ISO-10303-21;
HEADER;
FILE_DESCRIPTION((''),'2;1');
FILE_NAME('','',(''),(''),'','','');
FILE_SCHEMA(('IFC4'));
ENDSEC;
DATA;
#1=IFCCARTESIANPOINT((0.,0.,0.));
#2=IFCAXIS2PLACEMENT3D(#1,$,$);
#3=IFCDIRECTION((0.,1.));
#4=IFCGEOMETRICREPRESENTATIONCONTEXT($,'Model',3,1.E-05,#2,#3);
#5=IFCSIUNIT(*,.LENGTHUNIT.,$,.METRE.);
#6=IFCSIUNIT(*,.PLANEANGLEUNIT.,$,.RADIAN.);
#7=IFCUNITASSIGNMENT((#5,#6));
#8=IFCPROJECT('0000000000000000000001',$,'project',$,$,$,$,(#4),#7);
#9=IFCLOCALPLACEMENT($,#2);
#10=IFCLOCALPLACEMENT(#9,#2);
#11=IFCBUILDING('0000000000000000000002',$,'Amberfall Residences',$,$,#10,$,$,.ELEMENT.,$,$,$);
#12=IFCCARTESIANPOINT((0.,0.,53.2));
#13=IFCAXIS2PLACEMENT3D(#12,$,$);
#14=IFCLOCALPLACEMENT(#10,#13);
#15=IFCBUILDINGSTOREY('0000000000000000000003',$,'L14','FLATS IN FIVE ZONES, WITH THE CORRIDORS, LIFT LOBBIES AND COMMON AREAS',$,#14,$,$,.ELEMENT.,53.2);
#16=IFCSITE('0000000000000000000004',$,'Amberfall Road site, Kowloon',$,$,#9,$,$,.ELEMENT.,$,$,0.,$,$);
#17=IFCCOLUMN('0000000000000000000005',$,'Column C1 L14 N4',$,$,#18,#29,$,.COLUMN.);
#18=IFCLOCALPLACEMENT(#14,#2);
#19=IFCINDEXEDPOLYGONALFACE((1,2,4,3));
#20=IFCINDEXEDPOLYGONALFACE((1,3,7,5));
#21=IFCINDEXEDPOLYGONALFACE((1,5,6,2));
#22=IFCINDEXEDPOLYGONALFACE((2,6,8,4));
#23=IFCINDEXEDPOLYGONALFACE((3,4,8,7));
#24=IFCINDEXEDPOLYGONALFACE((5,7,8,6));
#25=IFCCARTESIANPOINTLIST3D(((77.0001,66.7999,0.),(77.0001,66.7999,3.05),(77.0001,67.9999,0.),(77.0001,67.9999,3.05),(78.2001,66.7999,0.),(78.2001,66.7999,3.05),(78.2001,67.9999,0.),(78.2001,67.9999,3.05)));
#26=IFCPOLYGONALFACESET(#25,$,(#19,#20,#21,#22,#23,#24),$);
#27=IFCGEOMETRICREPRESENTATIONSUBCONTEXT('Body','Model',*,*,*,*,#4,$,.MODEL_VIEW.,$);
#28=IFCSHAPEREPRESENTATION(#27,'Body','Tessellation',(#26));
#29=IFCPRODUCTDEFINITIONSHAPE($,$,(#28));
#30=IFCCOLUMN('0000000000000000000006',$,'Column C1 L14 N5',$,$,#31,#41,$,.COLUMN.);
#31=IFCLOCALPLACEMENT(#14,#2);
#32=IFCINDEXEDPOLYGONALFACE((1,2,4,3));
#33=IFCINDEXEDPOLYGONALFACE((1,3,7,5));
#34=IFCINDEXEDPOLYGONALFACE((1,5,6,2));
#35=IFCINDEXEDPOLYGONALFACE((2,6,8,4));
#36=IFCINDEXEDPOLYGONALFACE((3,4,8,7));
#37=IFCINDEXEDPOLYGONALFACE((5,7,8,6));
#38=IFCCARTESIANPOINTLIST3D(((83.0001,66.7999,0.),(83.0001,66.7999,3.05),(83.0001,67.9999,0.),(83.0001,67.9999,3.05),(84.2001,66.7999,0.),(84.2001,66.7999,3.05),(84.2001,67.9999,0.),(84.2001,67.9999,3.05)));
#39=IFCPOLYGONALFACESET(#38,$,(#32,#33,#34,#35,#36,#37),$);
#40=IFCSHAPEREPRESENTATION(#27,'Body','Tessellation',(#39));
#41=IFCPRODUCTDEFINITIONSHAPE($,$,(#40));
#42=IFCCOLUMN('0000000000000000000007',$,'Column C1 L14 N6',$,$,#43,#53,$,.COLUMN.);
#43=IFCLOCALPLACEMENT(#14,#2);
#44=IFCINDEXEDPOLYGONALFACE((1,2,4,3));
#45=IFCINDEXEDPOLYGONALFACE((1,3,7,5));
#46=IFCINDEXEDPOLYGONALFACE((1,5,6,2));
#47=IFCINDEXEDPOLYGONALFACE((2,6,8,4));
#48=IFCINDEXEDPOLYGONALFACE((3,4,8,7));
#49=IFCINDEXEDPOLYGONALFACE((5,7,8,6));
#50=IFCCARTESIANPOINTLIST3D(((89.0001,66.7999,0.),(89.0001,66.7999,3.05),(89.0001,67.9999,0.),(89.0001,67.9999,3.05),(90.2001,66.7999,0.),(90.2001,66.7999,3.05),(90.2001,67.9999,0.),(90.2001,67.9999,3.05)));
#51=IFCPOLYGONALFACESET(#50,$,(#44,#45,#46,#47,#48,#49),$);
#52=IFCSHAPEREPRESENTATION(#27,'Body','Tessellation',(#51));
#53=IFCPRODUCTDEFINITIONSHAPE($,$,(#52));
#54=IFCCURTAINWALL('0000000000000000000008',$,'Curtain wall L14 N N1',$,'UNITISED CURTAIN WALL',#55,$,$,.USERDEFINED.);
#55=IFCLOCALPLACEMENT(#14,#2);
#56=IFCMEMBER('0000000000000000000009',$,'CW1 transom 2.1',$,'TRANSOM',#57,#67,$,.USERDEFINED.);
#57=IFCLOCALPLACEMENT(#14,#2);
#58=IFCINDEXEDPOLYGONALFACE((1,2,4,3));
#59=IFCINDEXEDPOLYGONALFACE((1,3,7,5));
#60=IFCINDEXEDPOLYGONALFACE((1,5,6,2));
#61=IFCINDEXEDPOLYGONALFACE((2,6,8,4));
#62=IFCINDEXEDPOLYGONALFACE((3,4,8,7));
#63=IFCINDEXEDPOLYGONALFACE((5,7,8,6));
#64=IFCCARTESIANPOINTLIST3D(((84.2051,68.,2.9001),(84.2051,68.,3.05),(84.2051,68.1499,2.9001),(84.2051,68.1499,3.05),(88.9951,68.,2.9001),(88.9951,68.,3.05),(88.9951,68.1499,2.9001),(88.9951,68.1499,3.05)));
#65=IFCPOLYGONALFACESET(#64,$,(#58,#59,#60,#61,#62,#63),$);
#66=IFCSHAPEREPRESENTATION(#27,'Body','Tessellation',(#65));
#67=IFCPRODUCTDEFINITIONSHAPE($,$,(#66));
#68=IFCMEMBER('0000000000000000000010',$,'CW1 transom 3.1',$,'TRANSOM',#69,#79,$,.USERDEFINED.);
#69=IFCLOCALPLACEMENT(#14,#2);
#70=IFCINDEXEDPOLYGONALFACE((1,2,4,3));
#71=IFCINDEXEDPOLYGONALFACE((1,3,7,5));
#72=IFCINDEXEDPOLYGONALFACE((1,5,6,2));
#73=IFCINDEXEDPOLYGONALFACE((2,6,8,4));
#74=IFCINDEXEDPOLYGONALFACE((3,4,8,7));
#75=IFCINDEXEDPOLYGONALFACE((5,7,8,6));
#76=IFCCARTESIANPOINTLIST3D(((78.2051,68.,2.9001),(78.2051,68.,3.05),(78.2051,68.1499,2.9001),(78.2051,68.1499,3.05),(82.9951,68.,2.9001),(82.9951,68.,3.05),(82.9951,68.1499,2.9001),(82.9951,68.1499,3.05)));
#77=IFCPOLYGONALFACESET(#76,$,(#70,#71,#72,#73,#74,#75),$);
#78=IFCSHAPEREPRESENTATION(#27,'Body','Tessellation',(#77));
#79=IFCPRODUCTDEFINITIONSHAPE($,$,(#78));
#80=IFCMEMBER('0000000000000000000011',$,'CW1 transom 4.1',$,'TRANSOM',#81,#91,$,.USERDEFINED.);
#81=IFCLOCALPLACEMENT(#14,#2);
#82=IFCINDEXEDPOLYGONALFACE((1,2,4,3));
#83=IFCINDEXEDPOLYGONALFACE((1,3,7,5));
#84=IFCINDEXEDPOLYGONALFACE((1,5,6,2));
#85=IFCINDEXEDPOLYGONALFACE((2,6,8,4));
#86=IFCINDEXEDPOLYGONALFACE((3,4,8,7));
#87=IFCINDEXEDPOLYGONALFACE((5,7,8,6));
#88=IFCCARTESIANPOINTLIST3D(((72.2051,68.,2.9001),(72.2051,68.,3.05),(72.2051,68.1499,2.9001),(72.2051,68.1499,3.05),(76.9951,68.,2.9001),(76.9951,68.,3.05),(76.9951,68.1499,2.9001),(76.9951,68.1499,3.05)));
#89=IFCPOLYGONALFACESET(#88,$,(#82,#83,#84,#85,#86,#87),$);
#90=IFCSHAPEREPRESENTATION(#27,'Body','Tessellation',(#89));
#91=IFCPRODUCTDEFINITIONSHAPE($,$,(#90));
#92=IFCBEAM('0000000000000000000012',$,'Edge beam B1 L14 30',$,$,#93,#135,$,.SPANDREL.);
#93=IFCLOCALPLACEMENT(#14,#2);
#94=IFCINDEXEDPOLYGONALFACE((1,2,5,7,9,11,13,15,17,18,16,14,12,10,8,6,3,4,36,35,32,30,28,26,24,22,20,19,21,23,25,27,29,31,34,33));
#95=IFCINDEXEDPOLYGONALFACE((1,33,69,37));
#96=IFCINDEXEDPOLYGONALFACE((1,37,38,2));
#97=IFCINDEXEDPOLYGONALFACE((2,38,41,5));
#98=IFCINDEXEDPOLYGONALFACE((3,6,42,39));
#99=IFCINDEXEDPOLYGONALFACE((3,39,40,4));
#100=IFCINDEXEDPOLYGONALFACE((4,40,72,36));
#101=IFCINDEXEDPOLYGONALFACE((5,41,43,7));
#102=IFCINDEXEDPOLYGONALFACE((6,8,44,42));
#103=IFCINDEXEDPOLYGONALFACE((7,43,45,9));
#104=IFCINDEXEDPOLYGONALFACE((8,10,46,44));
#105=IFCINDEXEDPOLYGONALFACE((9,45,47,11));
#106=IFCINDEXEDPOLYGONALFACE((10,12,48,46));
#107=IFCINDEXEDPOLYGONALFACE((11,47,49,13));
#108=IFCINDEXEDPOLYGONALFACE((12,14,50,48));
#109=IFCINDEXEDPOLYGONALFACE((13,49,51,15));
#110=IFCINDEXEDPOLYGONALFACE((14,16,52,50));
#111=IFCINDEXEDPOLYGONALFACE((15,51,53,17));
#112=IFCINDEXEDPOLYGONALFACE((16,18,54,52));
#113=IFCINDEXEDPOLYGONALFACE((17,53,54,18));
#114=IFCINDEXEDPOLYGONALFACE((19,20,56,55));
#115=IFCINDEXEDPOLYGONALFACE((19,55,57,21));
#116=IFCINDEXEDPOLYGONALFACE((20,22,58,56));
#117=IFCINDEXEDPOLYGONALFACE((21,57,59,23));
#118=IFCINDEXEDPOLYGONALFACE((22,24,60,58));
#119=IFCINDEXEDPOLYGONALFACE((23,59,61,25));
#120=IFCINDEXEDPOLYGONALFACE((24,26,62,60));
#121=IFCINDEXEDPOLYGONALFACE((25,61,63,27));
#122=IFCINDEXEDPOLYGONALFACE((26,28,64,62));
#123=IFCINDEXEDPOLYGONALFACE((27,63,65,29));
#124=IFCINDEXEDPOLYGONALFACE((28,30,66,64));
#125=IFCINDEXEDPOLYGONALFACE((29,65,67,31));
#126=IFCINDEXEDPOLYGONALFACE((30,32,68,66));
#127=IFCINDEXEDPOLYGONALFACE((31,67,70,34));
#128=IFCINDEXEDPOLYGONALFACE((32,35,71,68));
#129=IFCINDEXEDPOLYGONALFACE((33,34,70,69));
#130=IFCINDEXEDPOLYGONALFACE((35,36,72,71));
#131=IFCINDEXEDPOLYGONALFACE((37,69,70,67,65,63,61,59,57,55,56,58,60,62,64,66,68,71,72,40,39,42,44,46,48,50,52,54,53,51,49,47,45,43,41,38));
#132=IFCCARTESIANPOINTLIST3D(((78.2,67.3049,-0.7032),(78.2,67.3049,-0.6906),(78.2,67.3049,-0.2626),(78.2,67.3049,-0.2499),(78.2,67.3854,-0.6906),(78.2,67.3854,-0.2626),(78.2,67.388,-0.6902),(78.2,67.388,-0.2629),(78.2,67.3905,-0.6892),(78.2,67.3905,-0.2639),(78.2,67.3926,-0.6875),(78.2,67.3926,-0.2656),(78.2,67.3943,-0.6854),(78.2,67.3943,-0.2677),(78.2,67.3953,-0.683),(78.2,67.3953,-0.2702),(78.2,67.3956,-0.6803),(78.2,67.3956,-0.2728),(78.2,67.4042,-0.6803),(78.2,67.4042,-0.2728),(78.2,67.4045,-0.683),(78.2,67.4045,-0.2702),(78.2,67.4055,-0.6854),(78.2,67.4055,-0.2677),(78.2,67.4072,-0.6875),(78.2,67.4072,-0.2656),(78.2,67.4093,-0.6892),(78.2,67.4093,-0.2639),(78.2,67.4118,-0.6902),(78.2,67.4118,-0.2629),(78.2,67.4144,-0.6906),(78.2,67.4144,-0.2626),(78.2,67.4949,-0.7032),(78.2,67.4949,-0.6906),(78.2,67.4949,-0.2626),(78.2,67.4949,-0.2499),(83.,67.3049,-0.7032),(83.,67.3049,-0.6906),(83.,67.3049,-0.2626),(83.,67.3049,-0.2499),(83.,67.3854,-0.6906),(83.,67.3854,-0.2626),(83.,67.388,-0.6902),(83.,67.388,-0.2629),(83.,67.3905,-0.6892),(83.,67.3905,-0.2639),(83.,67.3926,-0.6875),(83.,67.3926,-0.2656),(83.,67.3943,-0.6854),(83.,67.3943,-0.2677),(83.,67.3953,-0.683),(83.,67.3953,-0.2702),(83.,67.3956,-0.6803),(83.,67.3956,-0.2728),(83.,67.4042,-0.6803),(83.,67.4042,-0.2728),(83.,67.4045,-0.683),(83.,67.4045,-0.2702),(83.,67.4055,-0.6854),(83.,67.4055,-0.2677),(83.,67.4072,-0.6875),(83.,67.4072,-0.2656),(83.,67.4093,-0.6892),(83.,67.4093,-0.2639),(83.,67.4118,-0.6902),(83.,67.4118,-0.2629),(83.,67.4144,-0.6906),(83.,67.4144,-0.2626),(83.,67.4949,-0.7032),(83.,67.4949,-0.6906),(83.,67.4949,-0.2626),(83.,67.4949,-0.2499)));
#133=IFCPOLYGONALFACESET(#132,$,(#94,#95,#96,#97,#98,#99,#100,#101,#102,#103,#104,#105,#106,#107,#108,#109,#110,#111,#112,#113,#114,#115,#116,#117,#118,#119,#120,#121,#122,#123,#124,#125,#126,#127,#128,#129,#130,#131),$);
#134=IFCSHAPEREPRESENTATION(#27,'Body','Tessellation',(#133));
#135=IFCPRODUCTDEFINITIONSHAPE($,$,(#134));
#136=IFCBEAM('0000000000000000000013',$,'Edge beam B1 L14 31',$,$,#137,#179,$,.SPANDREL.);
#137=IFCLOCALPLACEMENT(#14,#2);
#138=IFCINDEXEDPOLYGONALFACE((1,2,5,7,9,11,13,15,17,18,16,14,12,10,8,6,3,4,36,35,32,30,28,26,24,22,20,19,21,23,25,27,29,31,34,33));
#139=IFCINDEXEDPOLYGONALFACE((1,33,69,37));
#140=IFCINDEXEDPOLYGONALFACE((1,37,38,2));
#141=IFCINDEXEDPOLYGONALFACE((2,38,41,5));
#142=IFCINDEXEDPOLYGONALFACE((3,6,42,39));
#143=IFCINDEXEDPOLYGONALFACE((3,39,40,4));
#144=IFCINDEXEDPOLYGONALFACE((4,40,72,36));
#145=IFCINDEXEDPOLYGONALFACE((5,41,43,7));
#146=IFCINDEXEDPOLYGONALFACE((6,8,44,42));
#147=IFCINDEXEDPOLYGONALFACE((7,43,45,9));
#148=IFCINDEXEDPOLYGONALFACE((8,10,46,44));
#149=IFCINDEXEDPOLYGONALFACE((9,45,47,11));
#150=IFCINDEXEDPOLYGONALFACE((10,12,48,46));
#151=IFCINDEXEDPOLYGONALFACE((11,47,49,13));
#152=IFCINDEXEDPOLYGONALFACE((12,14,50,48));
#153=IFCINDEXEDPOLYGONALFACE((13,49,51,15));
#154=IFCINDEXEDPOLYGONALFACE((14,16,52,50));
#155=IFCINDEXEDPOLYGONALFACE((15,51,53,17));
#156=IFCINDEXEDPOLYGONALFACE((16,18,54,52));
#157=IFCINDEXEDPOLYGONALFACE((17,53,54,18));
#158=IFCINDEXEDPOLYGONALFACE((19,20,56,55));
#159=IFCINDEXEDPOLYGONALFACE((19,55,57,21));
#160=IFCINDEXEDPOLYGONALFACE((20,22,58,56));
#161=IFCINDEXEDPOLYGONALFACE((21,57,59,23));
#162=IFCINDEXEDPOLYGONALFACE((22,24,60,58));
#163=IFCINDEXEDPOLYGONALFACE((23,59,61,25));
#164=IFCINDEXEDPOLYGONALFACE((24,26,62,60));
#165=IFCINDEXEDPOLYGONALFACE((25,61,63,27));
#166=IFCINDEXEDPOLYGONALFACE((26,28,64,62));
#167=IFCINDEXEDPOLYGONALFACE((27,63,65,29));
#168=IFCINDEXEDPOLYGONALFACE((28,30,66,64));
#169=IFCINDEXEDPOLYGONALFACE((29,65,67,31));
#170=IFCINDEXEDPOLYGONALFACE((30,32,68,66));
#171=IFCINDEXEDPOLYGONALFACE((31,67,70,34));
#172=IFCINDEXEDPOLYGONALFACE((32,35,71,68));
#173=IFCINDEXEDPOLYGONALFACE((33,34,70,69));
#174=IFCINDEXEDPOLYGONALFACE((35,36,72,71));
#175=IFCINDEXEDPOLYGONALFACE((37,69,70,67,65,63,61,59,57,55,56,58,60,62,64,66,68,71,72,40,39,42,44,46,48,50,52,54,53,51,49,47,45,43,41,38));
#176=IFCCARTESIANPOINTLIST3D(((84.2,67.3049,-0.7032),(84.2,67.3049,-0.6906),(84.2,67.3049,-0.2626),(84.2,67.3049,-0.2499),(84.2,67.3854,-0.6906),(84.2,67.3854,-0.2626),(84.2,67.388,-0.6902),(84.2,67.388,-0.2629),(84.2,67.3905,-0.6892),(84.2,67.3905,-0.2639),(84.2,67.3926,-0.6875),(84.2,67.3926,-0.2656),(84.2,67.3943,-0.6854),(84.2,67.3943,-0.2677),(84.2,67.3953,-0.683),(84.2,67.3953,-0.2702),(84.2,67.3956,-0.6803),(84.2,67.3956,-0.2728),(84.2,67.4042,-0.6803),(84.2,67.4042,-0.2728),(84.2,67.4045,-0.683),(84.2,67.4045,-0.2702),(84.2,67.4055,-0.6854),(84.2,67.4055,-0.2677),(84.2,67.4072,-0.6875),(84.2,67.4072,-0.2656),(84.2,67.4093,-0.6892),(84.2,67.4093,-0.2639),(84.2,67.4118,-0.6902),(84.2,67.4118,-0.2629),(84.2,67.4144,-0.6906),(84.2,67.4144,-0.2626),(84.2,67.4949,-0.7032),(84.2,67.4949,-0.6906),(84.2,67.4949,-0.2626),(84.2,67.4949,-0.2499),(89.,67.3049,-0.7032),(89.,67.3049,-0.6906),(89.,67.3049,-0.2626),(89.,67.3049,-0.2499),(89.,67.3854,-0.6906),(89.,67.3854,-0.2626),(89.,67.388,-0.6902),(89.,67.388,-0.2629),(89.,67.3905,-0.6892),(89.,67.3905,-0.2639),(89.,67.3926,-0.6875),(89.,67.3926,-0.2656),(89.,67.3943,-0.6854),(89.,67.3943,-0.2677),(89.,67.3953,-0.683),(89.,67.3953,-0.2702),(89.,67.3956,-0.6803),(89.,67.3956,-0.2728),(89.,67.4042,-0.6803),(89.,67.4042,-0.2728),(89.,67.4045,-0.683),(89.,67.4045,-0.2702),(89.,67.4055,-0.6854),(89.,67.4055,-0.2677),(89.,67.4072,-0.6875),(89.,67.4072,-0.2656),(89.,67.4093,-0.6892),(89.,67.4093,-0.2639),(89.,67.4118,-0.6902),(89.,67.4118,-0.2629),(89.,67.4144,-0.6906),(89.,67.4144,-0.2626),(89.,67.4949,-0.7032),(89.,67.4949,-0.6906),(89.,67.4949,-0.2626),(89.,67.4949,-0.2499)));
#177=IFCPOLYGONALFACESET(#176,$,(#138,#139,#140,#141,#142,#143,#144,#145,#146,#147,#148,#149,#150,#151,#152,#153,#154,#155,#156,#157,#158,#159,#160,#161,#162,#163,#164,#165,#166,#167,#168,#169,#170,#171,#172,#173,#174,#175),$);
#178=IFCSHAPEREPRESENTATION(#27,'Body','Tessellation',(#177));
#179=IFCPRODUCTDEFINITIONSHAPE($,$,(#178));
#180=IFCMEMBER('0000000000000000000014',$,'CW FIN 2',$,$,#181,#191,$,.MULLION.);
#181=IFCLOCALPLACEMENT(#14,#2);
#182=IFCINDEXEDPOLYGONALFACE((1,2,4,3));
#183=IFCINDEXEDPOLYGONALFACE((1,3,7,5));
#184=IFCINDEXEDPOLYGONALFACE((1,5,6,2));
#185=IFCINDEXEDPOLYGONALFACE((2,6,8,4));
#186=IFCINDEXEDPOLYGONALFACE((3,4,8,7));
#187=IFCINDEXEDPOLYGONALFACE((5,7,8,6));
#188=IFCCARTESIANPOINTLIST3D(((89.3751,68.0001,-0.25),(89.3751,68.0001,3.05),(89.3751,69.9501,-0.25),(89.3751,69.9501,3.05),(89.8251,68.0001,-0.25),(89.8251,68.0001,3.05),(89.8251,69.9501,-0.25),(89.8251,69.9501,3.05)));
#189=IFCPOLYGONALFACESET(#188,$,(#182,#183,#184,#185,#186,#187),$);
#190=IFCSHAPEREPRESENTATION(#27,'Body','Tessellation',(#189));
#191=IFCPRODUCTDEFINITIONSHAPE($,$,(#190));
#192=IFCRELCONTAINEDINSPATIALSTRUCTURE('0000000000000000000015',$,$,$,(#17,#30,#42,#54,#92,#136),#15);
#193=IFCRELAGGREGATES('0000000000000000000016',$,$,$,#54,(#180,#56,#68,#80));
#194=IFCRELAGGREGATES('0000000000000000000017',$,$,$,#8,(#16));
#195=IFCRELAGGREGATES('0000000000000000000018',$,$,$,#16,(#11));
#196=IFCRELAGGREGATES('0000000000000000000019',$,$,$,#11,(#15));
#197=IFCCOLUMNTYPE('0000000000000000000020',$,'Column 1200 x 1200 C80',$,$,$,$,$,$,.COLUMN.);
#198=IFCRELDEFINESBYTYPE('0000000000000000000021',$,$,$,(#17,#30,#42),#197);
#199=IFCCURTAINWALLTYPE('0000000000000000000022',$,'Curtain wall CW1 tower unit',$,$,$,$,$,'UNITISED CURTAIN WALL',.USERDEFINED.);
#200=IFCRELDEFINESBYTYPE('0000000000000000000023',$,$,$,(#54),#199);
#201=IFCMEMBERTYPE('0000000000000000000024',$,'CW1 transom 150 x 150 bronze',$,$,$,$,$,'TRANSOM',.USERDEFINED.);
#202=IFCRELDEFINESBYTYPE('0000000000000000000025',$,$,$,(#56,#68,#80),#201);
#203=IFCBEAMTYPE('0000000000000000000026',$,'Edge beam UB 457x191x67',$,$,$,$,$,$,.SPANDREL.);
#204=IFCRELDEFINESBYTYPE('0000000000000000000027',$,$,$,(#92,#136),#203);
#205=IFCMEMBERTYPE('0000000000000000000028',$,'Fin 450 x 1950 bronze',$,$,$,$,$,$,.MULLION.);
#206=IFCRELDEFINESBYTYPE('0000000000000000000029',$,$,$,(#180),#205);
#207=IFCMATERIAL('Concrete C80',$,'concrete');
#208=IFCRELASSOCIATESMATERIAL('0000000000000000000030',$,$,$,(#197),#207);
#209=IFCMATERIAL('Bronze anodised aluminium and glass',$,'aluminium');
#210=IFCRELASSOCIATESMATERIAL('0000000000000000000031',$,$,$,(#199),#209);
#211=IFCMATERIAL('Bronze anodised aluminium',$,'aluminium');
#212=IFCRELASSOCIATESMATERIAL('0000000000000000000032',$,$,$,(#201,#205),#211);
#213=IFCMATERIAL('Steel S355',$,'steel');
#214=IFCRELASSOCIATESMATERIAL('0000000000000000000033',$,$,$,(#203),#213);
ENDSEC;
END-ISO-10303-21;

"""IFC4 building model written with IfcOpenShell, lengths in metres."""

from ifc_helpers import new_model, si_unit, direction, frame, origin, origin_2d, place, context, subcontext, project, spatial, rectangle, i_section, extrude, material, material_profile, profile_set, type_object, element, aggregate, save


model = new_model("IFC4")

# Units and contexts
model_context = context("Model", 3, precision=1e-05, world=origin(), true_north=direction((0.0, 1.0)))
body_context = subcontext(model_context, "Body", "Model", "MODEL_VIEW")
ifc_project = project(units=[si_unit("LENGTHUNIT", "METRE"), si_unit("PLANEANGLEUNIT", "RADIAN")], contexts=[model_context])

# Site, building, storey
site_placement = place(None, origin())
site = spatial("IfcSite", under=ifc_project, at=site_placement, Name="Amberfall Road site, Kowloon", CompositionType="ELEMENT", RefElevation=0.0)
building_placement = place(site_placement, origin())
building = spatial("IfcBuilding", under=site, at=building_placement, Name="Amberfall Residences", CompositionType="ELEMENT")
storey_placement = place(building_placement, frame((0.0, 0.0, 53.2)))
storey = spatial("IfcBuildingStorey", under=building, at=storey_placement, Name="L14", Description="FLATS IN FIVE ZONES, WITH THE CORRIDORS, LIFT LOBBIES AND COMMON AREAS", CompositionType="ELEMENT", Elevation=53.2)

# Columns
ifc_material_1 = material(Name="Concrete C80", Category="concrete")
ifc_material_profile_1 = material_profile(ifc_material_1, rectangle(XDim=1.2, YDim=1.2, at=origin_2d()), Name="Column 1200 x 1200 C80")
ifc_profile_set_1 = profile_set([ifc_material_profile_1], Name="Concrete C80")
column_type = type_object("IfcColumnType", Name="Column 1200 x 1200 C80", PredefinedType="COLUMN", material=ifc_profile_set_1)
for number, where, z_axis, x_axis, name in (
    (1, (77.6001, 67.3999, 0.0), (0.0, 0.0, 1.0), (1.0, 0.0, 0.0), "Column C1 L14 N4"),
    (2, (83.6001, 67.3999, 0.0), (0.0, 0.0, 1.0), (1.0, 0.0, 0.0), "Column C1 L14 N5"),
    (3, (89.6001, 67.3999, 0.0), (0.0, 0.0, 1.0), (1.0, 0.0, 0.0), "Column C1 L14 N6"),
):
    element("IfcColumn", number, at=place(storey_placement, frame(where, z_axis=z_axis, x_axis=x_axis)), inside=storey, type_object=column_type, Name=name, PredefinedType="COLUMN", context=body_context, shape_type="SweptSolid", body=[
        extrude(rectangle(XDim=1.2, YDim=1.2, at=origin_2d()), origin(), (0.0, 0.0, 1.0), 3.05),
    ])

# Curtain wall, members
ifc_material_2 = material(Name="Bronze anodised aluminium and glass", Category="aluminium")
curtain_wall_type = type_object("IfcCurtainWallType", Name="Curtain wall CW1 tower unit", ElementType="UNITISED CURTAIN WALL", PredefinedType="USERDEFINED", material=ifc_material_2)
curtain_wall_placement = place(storey_placement, origin())
curtain_wall = element("IfcCurtainWall", 4, at=curtain_wall_placement, inside=storey, type_object=curtain_wall_type, Name="Curtain wall L14 N N1", ObjectType="UNITISED CURTAIN WALL", PredefinedType="USERDEFINED")
ifc_material_3 = material(Name="Bronze anodised aluminium", Category="aluminium")
ifc_material_profile_2 = material_profile(ifc_material_3, rectangle(XDim=0.1499, YDim=0.1499, at=origin_2d()), Name="CW1 transom 150 x 150 bronze")
ifc_profile_set_2 = profile_set([ifc_material_profile_2], Name="Bronze anodised aluminium")
member_type_1 = type_object("IfcMemberType", Name="CW1 transom 150 x 150 bronze", ElementType="TRANSOM", PredefinedType="USERDEFINED", material=ifc_profile_set_2)
member_1_placement = place(storey_placement, frame((88.9951, 68.075, 2.9751), z_axis=(-1.0, 0.0, 0.0), x_axis=(0.0, -1.0, 0.0)))
member_1 = element("IfcMember", 5, at=member_1_placement, type_object=member_type_1, Name="CW1 transom 2.1", ObjectType="TRANSOM", PredefinedType="USERDEFINED", context=body_context, shape_type="SweptSolid", body=[
    extrude(rectangle(XDim=0.1499, YDim=0.1499, at=origin_2d()), origin(), (0.0, 0.0, 1.0), 4.79),
])
member_2_placement = place(storey_placement, frame((82.9951, 68.075, 2.9751), z_axis=(-1.0, 0.0, 0.0), x_axis=(0.0, -1.0, 0.0)))
member_2 = element("IfcMember", 6, at=member_2_placement, type_object=member_type_1, Name="CW1 transom 3.1", ObjectType="TRANSOM", PredefinedType="USERDEFINED", context=body_context, shape_type="SweptSolid", body=[
    extrude(rectangle(XDim=0.1499, YDim=0.1499, at=origin_2d()), origin(), (0.0, 0.0, 1.0), 4.79),
])
member_3_placement = place(storey_placement, frame((76.9951, 68.075, 2.9751), z_axis=(-1.0, 0.0, 0.0), x_axis=(0.0, -1.0, 0.0)))
member_3 = element("IfcMember", 7, at=member_3_placement, type_object=member_type_1, Name="CW1 transom 4.1", ObjectType="TRANSOM", PredefinedType="USERDEFINED", context=body_context, shape_type="SweptSolid", body=[
    extrude(rectangle(XDim=0.1499, YDim=0.1499, at=origin_2d()), origin(), (0.0, 0.0, 1.0), 4.79),
])

# Beams
ifc_material_4 = material(Name="Steel S355", Category="steel")
ifc_material_profile_3 = material_profile(ifc_material_4, i_section(OverallWidth=0.1899, OverallDepth=0.4534, WebThickness=0.0085, FlangeThickness=0.0127, FilletRadius=0.0103, at=origin_2d()), Name="UB 457x191x67")
ifc_profile_set_3 = profile_set([ifc_material_profile_3], Name="Steel S355")
beam_type_1 = type_object("IfcBeamType", Name="Edge beam UB 457x191x67", PredefinedType="SPANDREL", material=ifc_profile_set_3)
for number, where, z_axis, x_axis, name in (
    (8, (78.2, 67.3999, -0.4766), (1.0, 0.0, 0.0), (0.0, 1.0, 0.0), "Edge beam B1 L14 30"),
    (9, (84.2, 67.3999, -0.4766), (1.0, 0.0, 0.0), (0.0, 1.0, 0.0), "Edge beam B1 L14 31"),
):
    element("IfcBeam", number, at=place(storey_placement, frame(where, z_axis=z_axis, x_axis=x_axis)), inside=storey, type_object=beam_type_1, Name=name, PredefinedType="SPANDREL", context=body_context, shape_type="SweptSolid", body=[
        extrude(i_section(OverallWidth=0.1899, OverallDepth=0.4534, WebThickness=0.0085, FlangeThickness=0.0127, FilletRadius=0.0103, at=origin_2d()), origin(), (0.0, 0.0, 1.0), 4.8),
    ])

# Member
ifc_material_profile_4 = material_profile(ifc_material_3, rectangle(XDim=1.95, YDim=0.45, at=origin_2d()), Name="Fin 450 x 1950 bronze")
ifc_profile_set_4 = profile_set([ifc_material_profile_4], Name="Bronze anodised aluminium")
member_type_2 = type_object("IfcMemberType", Name="Fin 450 x 1950 bronze", PredefinedType="MULLION", material=ifc_profile_set_4)
member_4_placement = place(storey_placement, frame((89.6001, 68.9751, -0.25), z_axis=(0.0, 0.0, 1.0), x_axis=(0.0, -1.0, 0.0)))
member_4 = element("IfcMember", 10, at=member_4_placement, type_object=member_type_2, Name="CW FIN 2", PredefinedType="MULLION", context=body_context, shape_type="SweptSolid", body=[
    extrude(rectangle(XDim=1.95, YDim=0.45, at=origin_2d()), origin(), (0.0, 0.0, 1.0), 3.3),
])

aggregate(curtain_wall, [member_4, member_1, member_2, member_3])

save(model, "model.ifc")
